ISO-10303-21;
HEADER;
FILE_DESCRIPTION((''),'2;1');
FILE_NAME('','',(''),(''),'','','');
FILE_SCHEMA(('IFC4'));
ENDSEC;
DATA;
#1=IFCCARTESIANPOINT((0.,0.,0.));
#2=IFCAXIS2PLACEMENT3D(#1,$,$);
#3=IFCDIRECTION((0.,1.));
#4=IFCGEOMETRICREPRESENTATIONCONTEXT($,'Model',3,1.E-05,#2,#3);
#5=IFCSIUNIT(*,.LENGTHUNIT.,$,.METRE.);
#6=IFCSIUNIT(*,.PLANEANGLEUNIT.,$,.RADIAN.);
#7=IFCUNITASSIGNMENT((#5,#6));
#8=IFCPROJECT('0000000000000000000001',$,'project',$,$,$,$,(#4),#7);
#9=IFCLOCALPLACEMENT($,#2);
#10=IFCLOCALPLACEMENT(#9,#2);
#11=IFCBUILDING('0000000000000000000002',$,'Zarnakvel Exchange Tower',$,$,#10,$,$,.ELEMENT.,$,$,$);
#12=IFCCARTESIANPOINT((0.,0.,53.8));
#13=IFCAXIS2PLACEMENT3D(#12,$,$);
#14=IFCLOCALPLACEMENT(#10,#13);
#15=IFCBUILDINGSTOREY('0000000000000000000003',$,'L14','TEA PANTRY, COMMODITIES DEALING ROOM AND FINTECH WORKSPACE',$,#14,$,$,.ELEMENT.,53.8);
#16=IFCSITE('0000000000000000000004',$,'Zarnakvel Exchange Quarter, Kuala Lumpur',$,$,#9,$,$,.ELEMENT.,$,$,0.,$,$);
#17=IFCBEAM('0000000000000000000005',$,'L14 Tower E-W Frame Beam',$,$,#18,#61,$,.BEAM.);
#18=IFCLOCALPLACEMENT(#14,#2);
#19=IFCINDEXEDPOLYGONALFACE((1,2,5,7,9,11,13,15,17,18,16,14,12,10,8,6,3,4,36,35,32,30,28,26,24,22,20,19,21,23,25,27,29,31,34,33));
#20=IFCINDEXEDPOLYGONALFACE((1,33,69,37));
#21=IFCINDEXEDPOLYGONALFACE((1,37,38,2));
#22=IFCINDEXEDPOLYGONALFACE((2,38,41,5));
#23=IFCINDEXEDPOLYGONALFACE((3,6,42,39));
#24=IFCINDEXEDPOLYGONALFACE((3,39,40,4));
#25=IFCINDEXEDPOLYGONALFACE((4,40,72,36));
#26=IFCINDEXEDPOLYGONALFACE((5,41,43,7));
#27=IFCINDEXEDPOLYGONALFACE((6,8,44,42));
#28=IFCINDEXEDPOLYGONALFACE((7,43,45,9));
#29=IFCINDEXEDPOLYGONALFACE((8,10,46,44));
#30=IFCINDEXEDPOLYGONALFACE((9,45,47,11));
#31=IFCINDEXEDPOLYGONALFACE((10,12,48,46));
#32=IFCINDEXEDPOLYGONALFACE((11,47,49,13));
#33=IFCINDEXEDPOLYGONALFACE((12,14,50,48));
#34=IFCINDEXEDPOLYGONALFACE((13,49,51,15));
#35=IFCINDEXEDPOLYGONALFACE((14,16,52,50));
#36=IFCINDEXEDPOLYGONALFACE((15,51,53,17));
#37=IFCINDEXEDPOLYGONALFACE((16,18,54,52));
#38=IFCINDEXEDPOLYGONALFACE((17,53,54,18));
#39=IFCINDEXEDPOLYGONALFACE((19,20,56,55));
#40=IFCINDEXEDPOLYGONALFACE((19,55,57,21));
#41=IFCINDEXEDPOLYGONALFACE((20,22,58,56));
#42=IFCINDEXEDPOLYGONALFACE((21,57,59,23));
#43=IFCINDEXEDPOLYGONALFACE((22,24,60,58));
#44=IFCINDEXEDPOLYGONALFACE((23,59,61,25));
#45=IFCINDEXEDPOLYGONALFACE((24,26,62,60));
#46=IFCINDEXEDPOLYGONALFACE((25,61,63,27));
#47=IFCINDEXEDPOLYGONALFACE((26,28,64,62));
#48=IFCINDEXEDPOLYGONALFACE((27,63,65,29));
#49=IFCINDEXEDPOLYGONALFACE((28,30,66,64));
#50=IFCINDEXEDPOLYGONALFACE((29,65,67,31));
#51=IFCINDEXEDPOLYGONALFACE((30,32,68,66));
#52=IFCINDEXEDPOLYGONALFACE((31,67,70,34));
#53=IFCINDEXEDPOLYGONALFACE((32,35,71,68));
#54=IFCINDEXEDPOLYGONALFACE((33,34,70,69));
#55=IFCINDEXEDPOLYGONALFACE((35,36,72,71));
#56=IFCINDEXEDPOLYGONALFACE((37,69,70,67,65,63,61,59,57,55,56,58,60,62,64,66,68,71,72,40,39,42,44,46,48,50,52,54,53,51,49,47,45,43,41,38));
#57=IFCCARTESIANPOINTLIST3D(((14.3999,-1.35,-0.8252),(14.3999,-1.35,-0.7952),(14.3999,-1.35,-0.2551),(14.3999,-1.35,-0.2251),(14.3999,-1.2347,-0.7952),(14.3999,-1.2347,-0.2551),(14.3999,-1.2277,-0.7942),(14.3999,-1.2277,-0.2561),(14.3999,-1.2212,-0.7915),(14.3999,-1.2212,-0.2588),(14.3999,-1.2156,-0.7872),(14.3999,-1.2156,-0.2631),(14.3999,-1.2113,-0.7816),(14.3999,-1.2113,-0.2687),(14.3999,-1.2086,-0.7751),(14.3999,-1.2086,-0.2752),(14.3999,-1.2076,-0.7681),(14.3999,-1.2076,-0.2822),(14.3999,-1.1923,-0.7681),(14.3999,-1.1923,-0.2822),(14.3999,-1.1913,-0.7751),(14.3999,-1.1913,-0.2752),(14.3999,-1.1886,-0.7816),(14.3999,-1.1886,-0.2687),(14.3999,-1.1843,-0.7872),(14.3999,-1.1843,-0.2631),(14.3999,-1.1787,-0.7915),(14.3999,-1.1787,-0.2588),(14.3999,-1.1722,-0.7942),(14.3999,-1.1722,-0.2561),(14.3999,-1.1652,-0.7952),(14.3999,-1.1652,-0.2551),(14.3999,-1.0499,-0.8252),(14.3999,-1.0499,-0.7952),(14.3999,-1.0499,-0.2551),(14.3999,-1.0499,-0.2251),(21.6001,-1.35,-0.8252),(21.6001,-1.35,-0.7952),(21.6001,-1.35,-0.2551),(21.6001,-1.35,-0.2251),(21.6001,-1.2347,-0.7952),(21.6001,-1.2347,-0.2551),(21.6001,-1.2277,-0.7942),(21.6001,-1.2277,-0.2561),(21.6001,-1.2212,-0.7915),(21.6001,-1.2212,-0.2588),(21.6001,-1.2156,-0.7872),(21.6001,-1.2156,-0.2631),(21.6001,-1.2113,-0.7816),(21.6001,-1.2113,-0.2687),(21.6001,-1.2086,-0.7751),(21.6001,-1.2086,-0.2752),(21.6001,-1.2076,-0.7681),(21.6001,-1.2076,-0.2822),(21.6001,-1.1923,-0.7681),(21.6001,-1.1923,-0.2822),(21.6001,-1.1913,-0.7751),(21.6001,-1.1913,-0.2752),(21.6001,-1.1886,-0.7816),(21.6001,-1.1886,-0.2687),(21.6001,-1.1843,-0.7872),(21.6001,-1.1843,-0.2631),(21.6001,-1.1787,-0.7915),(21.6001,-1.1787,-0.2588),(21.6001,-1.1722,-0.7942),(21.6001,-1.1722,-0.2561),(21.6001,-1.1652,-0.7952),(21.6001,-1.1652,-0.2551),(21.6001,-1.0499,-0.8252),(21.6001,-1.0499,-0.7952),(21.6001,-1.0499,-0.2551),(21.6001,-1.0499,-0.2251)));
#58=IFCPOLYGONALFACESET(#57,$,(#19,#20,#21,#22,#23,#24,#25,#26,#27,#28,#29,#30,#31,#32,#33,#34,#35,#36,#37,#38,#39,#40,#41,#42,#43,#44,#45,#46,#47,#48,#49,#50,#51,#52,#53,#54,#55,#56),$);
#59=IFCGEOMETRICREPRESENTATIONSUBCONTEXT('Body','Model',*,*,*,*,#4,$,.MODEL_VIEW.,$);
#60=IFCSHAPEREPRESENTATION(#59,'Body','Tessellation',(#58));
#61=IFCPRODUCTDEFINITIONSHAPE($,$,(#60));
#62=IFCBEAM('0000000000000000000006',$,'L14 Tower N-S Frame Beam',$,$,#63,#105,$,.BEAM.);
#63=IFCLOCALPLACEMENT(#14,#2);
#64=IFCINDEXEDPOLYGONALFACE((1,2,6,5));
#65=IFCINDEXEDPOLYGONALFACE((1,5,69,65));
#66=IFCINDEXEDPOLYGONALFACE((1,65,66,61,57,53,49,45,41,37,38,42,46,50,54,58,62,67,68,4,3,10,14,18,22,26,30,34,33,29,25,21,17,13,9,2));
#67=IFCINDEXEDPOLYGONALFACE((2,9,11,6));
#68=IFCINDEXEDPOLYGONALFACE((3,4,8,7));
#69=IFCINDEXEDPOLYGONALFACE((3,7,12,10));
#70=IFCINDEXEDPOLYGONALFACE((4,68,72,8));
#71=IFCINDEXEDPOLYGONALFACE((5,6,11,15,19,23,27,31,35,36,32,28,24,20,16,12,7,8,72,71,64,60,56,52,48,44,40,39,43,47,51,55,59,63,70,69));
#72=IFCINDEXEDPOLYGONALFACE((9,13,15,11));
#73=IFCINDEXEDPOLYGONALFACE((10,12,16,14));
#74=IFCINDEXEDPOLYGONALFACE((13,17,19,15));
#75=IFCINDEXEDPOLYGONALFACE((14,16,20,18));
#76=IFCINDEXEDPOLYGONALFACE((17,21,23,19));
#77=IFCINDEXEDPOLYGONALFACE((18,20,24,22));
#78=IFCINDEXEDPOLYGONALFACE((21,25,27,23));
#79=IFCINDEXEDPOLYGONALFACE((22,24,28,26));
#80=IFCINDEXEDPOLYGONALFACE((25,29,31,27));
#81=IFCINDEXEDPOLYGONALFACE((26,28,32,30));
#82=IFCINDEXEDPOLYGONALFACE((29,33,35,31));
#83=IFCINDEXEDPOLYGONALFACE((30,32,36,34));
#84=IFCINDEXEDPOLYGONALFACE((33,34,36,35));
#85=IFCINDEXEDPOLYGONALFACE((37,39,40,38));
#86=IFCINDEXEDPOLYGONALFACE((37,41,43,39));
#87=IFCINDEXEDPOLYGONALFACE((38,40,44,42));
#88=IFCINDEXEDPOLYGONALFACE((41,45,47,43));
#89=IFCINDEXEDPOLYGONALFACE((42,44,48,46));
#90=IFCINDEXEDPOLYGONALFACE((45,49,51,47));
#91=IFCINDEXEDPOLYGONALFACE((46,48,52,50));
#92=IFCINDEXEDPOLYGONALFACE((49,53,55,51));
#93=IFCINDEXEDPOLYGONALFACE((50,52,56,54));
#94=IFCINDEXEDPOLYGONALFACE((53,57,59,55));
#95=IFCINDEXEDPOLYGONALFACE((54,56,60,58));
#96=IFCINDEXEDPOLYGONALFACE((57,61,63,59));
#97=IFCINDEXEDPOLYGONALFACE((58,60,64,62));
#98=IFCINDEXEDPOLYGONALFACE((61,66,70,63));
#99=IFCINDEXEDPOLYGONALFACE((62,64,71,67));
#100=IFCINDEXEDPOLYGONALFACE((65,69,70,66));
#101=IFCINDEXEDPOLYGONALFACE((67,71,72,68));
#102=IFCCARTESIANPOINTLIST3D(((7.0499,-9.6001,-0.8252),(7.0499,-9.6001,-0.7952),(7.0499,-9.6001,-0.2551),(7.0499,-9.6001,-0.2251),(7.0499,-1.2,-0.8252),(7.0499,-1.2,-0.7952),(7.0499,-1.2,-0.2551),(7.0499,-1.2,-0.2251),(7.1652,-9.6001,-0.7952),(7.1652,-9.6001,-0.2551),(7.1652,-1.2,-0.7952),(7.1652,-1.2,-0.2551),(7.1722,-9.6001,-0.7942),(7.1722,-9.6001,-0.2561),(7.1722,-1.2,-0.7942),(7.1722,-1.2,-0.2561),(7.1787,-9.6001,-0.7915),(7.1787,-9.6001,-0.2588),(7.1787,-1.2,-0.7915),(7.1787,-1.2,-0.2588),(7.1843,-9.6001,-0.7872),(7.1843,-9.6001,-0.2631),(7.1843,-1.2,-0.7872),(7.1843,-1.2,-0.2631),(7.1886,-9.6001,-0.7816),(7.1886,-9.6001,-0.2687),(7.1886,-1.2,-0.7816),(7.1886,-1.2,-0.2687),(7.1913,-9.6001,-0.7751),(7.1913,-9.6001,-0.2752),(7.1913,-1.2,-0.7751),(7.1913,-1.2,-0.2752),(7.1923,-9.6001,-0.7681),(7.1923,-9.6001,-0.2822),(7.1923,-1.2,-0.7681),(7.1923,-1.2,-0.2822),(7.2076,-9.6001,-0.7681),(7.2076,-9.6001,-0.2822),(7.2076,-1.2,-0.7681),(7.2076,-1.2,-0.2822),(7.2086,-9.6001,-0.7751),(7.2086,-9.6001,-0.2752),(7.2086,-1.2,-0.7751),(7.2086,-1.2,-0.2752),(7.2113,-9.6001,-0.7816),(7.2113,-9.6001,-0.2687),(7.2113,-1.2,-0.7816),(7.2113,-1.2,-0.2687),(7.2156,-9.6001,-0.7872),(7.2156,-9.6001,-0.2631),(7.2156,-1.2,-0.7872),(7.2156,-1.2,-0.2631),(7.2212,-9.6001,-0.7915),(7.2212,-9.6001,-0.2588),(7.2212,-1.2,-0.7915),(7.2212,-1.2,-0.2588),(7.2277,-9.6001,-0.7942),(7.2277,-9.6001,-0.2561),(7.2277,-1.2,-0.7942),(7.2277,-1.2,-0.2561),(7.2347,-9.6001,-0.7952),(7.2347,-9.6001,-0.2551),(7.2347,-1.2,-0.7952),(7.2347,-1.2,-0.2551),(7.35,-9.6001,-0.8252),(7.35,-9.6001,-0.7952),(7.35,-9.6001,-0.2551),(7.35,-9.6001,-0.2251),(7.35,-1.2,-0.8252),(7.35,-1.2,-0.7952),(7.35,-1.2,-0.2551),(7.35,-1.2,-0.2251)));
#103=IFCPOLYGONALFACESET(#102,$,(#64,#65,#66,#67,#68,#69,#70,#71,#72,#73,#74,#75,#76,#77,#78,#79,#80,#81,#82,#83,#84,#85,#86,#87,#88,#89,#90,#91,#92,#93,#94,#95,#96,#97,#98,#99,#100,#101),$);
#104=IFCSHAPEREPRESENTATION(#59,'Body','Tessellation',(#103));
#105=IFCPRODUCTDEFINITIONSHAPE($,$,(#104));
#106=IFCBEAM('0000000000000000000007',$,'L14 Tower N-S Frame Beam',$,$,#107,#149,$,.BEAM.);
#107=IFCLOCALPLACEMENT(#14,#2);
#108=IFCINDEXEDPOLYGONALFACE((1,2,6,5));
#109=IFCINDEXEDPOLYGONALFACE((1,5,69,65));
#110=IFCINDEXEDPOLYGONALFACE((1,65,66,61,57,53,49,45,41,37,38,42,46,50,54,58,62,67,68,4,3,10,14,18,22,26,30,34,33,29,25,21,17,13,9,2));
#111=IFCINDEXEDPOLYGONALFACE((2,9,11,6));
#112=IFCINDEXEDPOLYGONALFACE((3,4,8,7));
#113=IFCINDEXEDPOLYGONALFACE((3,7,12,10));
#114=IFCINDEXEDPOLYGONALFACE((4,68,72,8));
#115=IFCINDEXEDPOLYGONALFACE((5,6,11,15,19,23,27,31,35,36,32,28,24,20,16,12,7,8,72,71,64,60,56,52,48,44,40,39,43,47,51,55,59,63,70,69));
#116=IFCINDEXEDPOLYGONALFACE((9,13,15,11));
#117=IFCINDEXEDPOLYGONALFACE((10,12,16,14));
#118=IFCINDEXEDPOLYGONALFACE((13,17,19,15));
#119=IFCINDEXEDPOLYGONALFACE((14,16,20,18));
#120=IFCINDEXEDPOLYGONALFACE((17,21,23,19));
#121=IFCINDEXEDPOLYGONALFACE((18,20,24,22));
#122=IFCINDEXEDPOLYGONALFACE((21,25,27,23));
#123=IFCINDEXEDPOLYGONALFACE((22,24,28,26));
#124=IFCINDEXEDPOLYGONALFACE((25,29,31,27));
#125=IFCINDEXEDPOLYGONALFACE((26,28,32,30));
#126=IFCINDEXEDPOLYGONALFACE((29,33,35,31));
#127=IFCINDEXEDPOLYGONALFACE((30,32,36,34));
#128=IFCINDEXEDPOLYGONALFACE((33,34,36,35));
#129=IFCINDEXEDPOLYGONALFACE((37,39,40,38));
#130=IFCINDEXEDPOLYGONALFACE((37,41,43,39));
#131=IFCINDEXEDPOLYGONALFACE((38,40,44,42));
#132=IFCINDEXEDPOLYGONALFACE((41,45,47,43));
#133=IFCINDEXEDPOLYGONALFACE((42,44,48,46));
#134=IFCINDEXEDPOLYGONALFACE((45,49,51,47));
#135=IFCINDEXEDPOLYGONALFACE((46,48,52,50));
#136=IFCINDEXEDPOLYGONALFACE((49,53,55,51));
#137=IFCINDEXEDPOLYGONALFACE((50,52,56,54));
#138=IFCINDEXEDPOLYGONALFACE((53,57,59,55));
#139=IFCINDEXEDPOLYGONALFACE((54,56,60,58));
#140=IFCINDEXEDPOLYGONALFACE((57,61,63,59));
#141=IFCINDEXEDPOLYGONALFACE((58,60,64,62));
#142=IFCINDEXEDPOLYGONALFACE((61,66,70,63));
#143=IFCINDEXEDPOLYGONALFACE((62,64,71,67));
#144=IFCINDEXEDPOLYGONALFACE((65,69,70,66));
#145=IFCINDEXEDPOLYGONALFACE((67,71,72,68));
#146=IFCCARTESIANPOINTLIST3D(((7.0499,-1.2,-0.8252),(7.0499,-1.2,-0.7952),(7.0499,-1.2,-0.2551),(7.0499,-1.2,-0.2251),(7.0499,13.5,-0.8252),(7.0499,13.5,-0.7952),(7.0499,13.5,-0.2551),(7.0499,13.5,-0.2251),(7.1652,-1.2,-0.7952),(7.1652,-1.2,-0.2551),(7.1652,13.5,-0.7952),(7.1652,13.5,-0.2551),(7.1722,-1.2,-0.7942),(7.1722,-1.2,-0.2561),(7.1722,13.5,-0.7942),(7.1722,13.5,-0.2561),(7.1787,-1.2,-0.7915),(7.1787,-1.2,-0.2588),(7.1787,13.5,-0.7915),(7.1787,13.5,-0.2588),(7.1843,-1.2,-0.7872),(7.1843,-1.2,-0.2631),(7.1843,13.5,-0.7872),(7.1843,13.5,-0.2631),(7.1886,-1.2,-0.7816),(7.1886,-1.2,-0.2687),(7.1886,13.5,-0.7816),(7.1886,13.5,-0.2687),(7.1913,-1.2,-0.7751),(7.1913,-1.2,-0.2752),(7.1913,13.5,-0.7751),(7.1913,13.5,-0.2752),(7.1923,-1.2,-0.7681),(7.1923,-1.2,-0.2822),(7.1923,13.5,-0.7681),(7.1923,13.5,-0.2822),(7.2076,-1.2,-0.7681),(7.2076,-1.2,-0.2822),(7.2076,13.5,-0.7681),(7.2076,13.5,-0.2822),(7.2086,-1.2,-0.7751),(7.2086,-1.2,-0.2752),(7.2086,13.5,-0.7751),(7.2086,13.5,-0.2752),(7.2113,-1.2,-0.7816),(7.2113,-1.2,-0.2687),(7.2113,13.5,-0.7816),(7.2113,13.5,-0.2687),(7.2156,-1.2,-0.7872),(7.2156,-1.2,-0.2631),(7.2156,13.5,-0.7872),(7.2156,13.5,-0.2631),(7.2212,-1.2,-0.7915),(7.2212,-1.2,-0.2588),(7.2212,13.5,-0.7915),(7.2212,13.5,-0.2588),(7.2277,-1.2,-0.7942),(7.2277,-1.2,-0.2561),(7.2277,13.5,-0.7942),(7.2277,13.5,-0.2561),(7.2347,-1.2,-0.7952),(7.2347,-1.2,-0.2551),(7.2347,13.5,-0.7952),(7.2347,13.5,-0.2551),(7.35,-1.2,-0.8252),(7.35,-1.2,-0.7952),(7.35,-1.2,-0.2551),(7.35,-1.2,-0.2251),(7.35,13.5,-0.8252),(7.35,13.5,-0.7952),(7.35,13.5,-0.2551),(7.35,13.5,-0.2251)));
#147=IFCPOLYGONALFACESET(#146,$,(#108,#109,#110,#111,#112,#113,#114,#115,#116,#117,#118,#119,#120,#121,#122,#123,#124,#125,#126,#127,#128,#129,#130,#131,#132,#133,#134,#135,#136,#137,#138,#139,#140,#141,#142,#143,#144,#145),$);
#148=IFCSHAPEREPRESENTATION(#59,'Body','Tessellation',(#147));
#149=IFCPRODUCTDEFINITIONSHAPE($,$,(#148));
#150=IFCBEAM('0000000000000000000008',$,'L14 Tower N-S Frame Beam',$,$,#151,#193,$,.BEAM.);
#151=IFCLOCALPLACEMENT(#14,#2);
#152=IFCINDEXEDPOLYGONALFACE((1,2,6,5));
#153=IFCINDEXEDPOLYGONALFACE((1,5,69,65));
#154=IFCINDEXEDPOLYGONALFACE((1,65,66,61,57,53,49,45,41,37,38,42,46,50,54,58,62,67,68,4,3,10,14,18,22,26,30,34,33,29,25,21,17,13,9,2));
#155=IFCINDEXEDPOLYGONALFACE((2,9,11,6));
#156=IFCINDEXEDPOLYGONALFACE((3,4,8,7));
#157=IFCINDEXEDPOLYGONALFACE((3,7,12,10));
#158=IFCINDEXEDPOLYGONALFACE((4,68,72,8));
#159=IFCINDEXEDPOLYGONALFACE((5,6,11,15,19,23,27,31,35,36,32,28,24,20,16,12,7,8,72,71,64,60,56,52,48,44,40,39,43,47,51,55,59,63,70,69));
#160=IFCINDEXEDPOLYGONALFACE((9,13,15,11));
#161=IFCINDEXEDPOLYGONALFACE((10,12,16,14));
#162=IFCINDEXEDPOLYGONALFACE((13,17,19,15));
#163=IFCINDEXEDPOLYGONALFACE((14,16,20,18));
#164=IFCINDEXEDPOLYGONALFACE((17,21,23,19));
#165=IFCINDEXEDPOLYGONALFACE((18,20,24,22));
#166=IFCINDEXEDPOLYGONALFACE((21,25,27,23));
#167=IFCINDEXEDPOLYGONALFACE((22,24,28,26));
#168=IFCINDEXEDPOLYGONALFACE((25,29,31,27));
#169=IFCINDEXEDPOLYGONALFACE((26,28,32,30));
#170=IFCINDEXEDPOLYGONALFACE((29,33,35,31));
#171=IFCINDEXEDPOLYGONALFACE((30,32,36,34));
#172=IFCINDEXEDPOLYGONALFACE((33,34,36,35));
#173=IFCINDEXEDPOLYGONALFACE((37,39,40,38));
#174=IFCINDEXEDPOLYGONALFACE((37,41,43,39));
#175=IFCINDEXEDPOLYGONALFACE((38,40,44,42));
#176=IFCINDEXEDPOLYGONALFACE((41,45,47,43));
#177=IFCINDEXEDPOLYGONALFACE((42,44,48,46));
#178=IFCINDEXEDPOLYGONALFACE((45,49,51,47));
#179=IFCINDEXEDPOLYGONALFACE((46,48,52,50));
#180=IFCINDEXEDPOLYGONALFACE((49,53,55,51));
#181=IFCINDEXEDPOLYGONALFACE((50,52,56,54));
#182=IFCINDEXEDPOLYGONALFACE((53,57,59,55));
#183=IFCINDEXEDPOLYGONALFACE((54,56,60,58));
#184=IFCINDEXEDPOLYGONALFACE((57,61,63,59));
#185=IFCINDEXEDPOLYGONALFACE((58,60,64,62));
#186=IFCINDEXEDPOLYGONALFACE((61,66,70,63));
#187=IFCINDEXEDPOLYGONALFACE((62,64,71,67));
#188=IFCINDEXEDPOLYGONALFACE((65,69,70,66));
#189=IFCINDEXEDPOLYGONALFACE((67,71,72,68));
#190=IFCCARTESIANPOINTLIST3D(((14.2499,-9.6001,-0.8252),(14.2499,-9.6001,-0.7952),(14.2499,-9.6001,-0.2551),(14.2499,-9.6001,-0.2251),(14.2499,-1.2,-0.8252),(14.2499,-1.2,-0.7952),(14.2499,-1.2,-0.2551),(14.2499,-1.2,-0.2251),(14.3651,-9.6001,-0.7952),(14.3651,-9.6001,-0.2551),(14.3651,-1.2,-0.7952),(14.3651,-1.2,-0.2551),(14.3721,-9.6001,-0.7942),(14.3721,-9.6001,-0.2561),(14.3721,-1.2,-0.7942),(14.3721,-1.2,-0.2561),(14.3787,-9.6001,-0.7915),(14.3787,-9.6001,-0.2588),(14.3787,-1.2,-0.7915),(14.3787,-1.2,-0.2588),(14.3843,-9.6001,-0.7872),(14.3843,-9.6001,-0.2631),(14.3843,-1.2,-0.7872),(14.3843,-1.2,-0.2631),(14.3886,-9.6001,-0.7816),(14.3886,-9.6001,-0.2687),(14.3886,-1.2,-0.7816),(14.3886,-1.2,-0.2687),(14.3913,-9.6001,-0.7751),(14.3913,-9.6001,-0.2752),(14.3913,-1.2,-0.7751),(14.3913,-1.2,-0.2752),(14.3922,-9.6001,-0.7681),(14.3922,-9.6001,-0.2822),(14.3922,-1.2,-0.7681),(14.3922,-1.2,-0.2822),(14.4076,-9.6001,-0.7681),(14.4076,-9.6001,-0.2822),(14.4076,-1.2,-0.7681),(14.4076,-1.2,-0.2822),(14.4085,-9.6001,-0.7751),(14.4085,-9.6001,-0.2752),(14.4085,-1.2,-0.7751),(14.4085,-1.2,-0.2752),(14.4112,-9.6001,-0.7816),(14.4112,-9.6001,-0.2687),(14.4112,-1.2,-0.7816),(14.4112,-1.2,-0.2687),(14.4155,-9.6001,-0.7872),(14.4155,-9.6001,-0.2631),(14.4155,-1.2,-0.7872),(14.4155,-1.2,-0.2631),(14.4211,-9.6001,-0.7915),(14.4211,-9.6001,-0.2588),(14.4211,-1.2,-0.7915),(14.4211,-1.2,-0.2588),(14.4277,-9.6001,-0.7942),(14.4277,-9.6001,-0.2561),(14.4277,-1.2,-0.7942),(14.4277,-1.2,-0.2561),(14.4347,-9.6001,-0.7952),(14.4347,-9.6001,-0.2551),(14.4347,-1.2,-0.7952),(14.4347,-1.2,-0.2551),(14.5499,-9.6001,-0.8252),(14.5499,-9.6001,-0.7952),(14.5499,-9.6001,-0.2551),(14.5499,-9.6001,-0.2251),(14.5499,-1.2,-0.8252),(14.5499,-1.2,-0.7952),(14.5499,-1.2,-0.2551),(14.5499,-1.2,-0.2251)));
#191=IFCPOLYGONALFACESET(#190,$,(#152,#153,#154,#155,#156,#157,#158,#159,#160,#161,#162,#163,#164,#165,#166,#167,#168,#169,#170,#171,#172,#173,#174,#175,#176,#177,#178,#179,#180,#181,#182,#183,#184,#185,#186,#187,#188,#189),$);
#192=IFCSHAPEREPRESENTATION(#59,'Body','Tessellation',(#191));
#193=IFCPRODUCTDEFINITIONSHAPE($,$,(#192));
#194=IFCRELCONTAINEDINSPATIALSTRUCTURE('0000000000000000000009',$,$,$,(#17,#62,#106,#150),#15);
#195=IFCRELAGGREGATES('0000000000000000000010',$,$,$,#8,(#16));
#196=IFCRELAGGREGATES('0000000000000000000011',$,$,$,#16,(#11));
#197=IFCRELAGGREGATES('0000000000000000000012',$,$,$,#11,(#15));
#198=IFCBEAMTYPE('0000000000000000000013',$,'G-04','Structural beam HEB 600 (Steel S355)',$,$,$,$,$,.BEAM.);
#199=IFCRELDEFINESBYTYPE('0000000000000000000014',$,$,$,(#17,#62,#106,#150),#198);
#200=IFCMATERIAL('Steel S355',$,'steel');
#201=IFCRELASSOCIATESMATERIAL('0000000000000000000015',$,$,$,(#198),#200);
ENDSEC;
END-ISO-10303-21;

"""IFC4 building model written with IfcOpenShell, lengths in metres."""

from ifc_helpers import new_model, si_unit, direction, frame, origin, origin_2d, place, context, subcontext, project, spatial, i_section, extrude, material, material_profile, profile_set, type_object, element, save


model = new_model("IFC4")

# Units and contexts
model_context = context("Model", 3, precision=1e-05, world=origin(), true_north=direction((0.0, 1.0)))
body_context = subcontext(model_context, "Body", "Model", "MODEL_VIEW")
ifc_project = project(units=[si_unit("LENGTHUNIT", "METRE"), si_unit("PLANEANGLEUNIT", "RADIAN")], contexts=[model_context])

# Site, building, storey
site_placement = place(None, origin())
site = spatial("IfcSite", under=ifc_project, at=site_placement, Name="Zarnakvel Exchange Quarter, Kuala Lumpur", CompositionType="ELEMENT", RefElevation=0.0)
building_placement = place(site_placement, origin())
building = spatial("IfcBuilding", under=site, at=building_placement, Name="Zarnakvel Exchange Tower", CompositionType="ELEMENT")
storey_placement = place(building_placement, frame((0.0, 0.0, 53.8)))
storey = spatial("IfcBuildingStorey", under=building, at=storey_placement, Name="L14", Description="TEA PANTRY, COMMODITIES DEALING ROOM AND FINTECH WORKSPACE", CompositionType="ELEMENT", Elevation=53.8)

# Beams
ifc_material_1 = material(Name="Steel S355", Category="steel")
ifc_material_profile_1 = material_profile(ifc_material_1, i_section(OverallWidth=0.3, OverallDepth=0.6001, WebThickness=0.0154, FlangeThickness=0.03, FilletRadius=0.0271, at=origin_2d()))
ifc_profile_set_1 = profile_set([ifc_material_profile_1], Name="Steel S355")
beam_type_1 = type_object("IfcBeamType", Name="G-04", Description="Structural beam HEB 600 (Steel S355)", PredefinedType="BEAM", material=ifc_profile_set_1)
for number, where, z_axis, x_axis, name in (
    (1, (14.3999, -1.2, -0.5251), (1.0, 0.0, 0.0), (0.0, 1.0, 0.0), "L14 Tower E-W Frame Beam"),
):
    element("IfcBeam", number, at=place(storey_placement, frame(where, z_axis=z_axis, x_axis=x_axis)), inside=storey, type_object=beam_type_1, Name=name, PredefinedType="BEAM", context=body_context, shape_type="SweptSolid", body=[
        extrude(i_section(OverallWidth=0.3, OverallDepth=0.6001, WebThickness=0.0154, FlangeThickness=0.03, FilletRadius=0.0271, at=origin_2d()), origin(), (0.0, 0.0, 1.0), 7.2002),
    ])
beam_1_placement = place(storey_placement, frame((7.2, -9.6001, -0.5251), z_axis=(0.0, 1.0, 0.0), x_axis=(-1.0, 0.0, 0.0)))
element("IfcBeam", 2, at=beam_1_placement, inside=storey, type_object=beam_type_1, Name="L14 Tower N-S Frame Beam", PredefinedType="BEAM", context=body_context, shape_type="SweptSolid", body=[
    extrude(i_section(OverallWidth=0.3, OverallDepth=0.6001, WebThickness=0.0154, FlangeThickness=0.03, FilletRadius=0.0271, at=origin_2d()), origin(), (0.0, 0.0, 1.0), 8.4001),
])
beam_2_placement = place(storey_placement, frame((7.2, -1.2, -0.5251), z_axis=(0.0, 1.0, 0.0), x_axis=(-1.0, 0.0, 0.0)))
element("IfcBeam", 3, at=beam_2_placement, inside=storey, type_object=beam_type_1, Name="L14 Tower N-S Frame Beam", PredefinedType="BEAM", context=body_context, shape_type="SweptSolid", body=[
    extrude(i_section(OverallWidth=0.3, OverallDepth=0.6001, WebThickness=0.0154, FlangeThickness=0.03, FilletRadius=0.0271, at=origin_2d()), origin(), (0.0, 0.0, 1.0), 14.7),
])
beam_3_placement = place(storey_placement, frame((14.3999, -9.6001, -0.5251), z_axis=(0.0, 1.0, 0.0), x_axis=(-1.0, 0.0, 0.0)))
element("IfcBeam", 4, at=beam_3_placement, inside=storey, type_object=beam_type_1, Name="L14 Tower N-S Frame Beam", PredefinedType="BEAM", context=body_context, shape_type="SweptSolid", body=[
    extrude(i_section(OverallWidth=0.3, OverallDepth=0.6001, WebThickness=0.0154, FlangeThickness=0.03, FilletRadius=0.0271, at=origin_2d()), origin(), (0.0, 0.0, 1.0), 8.4001),
])

save(model, "model.ifc")
